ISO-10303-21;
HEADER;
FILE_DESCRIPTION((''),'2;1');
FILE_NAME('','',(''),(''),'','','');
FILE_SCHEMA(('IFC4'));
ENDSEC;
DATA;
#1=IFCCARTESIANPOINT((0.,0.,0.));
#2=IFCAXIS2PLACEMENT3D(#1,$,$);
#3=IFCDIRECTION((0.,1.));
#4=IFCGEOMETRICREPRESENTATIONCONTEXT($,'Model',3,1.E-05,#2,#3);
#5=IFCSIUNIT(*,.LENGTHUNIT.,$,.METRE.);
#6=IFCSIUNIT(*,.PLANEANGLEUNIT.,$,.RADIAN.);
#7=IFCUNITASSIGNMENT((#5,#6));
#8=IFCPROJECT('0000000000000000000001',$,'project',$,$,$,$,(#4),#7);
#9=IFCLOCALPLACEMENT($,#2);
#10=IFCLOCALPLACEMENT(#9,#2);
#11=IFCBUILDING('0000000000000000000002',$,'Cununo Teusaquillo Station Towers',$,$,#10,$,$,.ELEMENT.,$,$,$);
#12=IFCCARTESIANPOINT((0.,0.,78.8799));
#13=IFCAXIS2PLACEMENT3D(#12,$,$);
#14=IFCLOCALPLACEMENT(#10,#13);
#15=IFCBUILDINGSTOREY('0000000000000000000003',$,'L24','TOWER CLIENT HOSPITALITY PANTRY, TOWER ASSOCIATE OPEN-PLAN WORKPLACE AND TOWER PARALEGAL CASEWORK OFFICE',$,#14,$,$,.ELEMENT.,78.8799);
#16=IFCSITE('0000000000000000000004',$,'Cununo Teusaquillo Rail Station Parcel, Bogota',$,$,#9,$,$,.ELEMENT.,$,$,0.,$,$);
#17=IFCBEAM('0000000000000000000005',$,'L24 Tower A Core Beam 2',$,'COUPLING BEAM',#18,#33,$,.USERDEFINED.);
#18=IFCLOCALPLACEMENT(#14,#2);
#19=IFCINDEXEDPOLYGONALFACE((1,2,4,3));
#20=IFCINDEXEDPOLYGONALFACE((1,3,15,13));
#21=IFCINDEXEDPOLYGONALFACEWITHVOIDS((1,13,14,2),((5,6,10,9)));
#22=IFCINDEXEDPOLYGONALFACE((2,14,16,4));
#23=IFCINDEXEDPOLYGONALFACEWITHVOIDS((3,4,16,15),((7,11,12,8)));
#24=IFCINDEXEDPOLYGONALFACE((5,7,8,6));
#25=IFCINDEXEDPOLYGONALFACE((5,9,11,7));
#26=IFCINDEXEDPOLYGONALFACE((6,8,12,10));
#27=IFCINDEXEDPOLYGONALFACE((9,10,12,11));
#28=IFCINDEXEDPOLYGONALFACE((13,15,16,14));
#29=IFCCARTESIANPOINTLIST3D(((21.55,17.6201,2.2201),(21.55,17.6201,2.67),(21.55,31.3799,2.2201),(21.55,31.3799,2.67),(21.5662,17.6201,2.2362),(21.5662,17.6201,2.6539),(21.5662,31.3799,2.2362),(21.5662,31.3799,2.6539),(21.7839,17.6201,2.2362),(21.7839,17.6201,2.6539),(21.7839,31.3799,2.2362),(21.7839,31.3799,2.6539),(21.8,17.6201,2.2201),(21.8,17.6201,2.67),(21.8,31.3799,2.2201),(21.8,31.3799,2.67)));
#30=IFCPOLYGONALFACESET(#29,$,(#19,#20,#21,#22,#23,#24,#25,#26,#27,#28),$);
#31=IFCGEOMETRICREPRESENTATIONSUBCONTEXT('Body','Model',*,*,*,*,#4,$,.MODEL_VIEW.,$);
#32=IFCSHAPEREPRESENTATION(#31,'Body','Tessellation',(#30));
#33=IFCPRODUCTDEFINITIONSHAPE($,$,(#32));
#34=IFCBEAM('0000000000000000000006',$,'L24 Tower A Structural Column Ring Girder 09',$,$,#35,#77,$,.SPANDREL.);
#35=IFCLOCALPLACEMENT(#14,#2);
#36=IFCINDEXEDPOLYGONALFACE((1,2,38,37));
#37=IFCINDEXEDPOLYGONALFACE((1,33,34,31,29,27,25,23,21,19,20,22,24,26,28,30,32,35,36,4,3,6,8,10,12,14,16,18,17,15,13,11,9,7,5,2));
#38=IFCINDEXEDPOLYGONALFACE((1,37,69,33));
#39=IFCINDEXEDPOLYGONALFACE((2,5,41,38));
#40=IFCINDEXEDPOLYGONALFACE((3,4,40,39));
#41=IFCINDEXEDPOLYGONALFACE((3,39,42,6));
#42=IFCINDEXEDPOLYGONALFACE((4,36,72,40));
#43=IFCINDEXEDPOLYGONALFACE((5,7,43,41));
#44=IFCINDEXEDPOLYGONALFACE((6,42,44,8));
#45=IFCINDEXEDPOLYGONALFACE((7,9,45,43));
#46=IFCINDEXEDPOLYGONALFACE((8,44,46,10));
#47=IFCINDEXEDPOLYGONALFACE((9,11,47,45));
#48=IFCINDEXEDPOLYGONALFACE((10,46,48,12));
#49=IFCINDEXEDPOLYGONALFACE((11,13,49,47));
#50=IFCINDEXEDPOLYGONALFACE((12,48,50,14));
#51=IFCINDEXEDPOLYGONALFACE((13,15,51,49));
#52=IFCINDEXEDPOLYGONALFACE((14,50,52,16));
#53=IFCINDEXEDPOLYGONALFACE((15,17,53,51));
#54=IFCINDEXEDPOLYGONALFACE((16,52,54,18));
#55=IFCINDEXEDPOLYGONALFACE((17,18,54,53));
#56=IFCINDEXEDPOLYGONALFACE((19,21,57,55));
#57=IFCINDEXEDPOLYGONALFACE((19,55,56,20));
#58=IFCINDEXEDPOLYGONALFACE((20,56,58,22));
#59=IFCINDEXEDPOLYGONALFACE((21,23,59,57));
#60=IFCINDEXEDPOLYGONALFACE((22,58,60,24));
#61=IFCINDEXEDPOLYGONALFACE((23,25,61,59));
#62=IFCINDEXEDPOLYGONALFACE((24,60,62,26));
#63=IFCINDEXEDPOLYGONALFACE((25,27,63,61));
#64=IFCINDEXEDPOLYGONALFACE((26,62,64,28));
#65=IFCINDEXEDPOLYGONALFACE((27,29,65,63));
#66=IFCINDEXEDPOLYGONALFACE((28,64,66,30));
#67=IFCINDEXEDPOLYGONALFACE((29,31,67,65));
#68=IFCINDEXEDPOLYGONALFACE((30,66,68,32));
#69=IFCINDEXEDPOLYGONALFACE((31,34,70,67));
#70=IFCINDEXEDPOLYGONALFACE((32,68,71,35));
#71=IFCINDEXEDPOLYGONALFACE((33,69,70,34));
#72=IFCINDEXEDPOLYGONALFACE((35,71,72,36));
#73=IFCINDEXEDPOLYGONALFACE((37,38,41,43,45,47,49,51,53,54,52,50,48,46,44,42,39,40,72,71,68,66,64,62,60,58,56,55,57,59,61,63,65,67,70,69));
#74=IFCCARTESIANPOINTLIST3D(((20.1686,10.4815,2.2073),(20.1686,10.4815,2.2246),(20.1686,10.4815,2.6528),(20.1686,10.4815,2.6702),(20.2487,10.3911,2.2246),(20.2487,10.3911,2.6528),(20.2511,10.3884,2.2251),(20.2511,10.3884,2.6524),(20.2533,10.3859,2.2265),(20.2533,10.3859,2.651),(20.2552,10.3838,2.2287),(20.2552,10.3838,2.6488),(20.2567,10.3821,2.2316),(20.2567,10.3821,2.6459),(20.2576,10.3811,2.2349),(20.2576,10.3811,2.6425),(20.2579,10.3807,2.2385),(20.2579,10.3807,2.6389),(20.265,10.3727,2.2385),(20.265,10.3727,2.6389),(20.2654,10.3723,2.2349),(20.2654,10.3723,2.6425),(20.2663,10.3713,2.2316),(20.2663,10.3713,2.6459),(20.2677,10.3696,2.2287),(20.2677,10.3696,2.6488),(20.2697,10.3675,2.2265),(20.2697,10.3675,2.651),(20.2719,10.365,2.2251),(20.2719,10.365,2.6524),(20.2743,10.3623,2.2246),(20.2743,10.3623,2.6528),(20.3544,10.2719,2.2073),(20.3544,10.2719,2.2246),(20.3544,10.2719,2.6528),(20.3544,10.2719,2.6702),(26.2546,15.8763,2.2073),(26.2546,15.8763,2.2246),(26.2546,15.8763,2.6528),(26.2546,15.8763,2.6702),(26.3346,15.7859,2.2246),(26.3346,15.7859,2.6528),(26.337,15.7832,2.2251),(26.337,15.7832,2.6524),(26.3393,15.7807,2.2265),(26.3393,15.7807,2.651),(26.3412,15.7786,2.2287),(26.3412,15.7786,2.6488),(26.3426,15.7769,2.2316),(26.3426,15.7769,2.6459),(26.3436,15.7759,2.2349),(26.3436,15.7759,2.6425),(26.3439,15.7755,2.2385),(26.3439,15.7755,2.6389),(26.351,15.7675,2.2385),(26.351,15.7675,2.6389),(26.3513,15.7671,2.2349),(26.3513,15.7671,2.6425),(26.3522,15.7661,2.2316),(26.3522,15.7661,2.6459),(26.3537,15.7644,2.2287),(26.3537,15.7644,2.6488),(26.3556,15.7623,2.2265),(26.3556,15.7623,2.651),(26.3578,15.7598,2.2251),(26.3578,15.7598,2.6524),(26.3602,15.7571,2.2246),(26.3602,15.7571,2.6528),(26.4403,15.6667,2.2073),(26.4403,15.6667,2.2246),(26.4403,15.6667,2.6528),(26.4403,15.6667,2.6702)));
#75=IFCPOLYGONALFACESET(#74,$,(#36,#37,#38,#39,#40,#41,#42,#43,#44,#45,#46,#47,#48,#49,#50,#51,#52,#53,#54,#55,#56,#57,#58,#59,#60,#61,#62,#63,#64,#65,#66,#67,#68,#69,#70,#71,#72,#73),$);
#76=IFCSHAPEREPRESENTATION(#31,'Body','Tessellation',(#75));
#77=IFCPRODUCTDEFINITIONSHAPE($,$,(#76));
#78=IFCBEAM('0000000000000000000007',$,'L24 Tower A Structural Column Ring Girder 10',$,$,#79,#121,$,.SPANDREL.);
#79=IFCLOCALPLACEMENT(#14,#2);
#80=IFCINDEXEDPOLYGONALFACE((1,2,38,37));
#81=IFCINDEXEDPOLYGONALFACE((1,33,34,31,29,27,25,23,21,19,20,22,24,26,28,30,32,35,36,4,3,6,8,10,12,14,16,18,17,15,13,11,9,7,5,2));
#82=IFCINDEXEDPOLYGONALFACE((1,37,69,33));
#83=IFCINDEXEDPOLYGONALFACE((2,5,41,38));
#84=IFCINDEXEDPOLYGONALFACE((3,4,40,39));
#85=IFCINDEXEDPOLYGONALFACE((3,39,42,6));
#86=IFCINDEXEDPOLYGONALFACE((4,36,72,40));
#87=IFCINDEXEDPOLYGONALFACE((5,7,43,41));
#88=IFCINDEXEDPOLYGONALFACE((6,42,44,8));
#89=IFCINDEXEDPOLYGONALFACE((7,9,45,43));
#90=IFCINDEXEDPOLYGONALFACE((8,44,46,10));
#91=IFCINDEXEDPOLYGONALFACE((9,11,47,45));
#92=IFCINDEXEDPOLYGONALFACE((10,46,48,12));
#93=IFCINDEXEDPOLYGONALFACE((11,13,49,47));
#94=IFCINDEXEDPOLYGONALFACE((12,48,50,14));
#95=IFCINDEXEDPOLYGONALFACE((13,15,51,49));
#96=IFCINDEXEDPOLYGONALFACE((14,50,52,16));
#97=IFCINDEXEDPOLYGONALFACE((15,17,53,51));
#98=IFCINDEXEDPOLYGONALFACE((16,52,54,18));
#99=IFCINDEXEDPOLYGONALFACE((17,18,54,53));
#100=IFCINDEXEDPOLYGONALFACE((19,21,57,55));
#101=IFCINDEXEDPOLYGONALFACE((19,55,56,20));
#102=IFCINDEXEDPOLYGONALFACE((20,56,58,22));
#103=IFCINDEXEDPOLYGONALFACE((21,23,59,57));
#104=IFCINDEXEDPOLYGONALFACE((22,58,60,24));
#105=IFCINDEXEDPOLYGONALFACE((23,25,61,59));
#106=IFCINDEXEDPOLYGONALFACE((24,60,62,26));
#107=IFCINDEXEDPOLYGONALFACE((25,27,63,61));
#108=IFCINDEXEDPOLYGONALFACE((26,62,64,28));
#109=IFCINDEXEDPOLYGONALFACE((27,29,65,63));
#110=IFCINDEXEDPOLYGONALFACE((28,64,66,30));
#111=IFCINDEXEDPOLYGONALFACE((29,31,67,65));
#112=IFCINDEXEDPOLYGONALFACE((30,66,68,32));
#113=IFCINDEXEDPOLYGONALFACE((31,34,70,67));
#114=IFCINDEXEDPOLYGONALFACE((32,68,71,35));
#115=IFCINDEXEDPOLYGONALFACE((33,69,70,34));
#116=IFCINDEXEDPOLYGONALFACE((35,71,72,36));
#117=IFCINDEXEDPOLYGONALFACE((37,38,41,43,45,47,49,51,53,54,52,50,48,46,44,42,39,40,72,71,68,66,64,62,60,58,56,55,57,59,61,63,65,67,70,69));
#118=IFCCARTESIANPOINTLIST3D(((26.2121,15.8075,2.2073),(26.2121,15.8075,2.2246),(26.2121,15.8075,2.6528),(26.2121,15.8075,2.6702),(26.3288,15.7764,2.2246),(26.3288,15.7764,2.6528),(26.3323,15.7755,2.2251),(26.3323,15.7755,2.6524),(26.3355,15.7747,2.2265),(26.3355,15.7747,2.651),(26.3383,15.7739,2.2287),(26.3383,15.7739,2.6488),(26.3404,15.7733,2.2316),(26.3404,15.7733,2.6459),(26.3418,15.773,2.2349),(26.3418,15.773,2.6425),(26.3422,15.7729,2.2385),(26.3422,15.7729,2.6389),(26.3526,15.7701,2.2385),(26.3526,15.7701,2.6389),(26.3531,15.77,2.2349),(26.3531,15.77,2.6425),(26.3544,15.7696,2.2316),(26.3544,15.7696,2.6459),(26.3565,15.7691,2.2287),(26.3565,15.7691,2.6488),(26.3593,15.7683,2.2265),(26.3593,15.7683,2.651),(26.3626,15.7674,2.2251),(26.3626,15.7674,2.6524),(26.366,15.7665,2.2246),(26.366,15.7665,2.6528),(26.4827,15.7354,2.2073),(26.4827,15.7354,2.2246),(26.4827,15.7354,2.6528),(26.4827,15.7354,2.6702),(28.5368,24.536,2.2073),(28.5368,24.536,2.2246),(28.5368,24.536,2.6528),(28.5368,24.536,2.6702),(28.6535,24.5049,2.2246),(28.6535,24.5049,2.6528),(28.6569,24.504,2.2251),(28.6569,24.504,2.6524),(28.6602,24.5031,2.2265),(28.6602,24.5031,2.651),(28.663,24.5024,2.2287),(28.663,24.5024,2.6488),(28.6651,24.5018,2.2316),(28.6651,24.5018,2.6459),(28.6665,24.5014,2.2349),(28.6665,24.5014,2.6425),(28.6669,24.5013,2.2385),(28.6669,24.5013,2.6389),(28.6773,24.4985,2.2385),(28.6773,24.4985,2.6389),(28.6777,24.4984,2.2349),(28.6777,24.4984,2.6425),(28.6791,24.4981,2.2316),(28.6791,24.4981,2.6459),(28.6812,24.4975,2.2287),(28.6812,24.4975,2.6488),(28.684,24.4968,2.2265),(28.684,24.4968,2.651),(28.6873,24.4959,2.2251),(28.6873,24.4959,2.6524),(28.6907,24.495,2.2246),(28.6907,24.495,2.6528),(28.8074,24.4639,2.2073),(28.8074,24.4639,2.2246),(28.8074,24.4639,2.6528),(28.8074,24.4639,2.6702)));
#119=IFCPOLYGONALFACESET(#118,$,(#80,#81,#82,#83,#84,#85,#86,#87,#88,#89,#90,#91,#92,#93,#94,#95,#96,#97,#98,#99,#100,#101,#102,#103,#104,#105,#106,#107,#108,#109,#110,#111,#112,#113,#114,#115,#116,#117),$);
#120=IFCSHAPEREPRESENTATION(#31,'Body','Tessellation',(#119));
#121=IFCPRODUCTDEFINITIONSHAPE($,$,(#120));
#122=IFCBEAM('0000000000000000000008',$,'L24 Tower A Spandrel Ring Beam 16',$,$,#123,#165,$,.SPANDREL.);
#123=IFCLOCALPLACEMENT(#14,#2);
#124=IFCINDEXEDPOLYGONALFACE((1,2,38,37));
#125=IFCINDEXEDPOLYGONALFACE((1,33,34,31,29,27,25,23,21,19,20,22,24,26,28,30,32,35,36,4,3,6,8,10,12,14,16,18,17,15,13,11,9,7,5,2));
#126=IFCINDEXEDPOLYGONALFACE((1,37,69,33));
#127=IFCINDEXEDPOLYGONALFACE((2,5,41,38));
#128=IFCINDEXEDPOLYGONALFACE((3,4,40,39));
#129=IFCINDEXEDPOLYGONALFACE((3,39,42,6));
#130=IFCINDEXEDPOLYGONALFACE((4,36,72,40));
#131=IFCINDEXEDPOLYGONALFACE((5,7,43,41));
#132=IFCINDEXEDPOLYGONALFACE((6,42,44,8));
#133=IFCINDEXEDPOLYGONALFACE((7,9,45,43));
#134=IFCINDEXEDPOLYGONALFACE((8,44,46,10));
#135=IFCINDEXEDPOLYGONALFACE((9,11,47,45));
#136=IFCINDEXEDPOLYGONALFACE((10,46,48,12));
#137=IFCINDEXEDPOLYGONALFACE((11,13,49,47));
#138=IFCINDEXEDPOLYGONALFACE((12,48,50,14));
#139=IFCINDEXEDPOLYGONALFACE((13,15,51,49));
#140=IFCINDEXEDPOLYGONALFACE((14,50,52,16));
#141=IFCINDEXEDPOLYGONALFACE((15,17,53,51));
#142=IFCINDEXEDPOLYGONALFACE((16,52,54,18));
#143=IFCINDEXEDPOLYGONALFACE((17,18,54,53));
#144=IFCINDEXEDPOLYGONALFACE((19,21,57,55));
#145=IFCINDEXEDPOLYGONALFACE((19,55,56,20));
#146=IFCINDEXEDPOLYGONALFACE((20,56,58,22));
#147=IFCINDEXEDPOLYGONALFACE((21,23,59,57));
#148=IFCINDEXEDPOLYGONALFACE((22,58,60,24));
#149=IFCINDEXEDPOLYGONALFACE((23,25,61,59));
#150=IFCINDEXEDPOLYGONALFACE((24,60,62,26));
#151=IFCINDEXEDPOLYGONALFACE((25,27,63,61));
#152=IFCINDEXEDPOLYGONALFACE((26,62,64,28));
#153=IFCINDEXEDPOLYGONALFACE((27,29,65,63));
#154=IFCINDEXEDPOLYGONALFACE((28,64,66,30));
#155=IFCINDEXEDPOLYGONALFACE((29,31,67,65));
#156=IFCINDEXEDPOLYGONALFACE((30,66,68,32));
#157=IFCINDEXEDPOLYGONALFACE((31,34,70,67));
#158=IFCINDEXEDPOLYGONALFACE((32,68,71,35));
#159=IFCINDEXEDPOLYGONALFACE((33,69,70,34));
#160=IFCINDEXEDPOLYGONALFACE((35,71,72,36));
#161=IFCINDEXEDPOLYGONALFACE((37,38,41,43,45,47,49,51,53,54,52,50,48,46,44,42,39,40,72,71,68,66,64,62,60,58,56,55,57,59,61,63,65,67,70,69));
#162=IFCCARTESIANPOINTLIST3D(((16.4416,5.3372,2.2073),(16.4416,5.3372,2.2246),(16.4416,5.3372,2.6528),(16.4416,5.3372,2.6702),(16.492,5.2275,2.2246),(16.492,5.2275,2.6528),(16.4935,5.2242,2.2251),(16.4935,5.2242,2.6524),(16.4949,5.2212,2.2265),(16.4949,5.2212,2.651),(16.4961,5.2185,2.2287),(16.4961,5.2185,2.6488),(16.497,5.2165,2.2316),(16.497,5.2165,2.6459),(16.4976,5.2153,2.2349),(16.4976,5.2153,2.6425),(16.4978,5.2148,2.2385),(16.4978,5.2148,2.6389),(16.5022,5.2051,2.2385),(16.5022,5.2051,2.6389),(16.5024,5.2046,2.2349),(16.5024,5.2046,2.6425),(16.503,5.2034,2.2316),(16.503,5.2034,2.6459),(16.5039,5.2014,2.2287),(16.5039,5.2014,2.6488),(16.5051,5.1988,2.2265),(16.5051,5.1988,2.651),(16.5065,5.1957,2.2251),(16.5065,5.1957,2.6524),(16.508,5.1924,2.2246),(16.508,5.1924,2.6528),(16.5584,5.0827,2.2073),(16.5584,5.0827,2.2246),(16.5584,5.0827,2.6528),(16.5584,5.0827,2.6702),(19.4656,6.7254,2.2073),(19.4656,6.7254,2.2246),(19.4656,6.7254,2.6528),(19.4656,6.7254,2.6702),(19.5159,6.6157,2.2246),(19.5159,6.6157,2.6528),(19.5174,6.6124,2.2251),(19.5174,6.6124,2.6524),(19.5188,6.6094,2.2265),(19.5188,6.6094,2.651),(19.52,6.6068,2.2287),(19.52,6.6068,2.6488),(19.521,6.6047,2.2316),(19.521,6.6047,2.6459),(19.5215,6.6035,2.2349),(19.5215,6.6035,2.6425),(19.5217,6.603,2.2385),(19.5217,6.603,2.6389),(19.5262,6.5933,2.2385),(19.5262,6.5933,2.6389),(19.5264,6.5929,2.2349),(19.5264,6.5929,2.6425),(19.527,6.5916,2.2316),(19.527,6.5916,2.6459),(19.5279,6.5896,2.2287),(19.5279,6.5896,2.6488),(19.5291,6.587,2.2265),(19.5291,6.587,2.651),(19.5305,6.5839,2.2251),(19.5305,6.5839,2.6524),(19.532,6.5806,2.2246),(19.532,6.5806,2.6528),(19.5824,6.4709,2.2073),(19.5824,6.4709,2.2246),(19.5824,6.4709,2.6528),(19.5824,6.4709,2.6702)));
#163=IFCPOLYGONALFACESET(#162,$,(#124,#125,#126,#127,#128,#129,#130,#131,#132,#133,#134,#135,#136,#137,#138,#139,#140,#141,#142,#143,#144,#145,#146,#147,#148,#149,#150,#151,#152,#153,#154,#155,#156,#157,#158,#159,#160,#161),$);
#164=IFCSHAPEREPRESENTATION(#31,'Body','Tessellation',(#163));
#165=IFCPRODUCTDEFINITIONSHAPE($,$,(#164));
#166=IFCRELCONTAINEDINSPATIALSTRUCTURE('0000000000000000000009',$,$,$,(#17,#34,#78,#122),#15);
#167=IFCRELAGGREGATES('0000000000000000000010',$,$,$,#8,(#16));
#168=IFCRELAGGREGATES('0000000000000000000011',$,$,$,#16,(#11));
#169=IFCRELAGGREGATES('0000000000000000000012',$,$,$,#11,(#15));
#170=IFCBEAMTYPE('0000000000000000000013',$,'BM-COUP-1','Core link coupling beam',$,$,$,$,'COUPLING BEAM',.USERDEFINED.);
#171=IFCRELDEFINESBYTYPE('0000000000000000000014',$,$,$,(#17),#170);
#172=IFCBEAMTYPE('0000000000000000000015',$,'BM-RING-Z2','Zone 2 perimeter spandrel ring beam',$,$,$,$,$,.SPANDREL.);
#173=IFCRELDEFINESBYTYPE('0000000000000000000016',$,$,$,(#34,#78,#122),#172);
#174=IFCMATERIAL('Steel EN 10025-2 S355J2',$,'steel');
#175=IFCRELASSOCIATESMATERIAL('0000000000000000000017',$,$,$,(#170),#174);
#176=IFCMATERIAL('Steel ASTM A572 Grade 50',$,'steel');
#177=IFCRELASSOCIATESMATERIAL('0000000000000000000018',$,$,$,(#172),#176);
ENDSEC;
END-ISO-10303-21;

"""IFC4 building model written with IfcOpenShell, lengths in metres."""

from ifc_helpers import new_model, si_unit, direction, frame, origin, origin_2d, place, context, subcontext, project, spatial, hollow_rectangle, i_section, extrude, material, material_profile, profile_set, type_object, element, save


model = new_model("IFC4")

# Units and contexts
model_context = context("Model", 3, precision=1e-05, world=origin(), true_north=direction((0.0, 1.0)))
body_context = subcontext(model_context, "Body", "Model", "MODEL_VIEW")
ifc_project = project(units=[si_unit("LENGTHUNIT", "METRE"), si_unit("PLANEANGLEUNIT", "RADIAN")], contexts=[model_context])

# Site, building, storey
site_placement = place(None, origin())
site = spatial("IfcSite", under=ifc_project, at=site_placement, Name="Cununo Teusaquillo Rail Station Parcel, Bogota", CompositionType="ELEMENT", RefElevation=0.0)
building_placement = place(site_placement, origin())
building = spatial("IfcBuilding", under=site, at=building_placement, Name="Cununo Teusaquillo Station Towers", CompositionType="ELEMENT")
storey_placement = place(building_placement, frame((0.0, 0.0, 78.8799)))
storey = spatial("IfcBuildingStorey", under=building, at=storey_placement, Name="L24", Description="TOWER CLIENT HOSPITALITY PANTRY, TOWER ASSOCIATE OPEN-PLAN WORKPLACE AND TOWER PARALEGAL CASEWORK OFFICE", CompositionType="ELEMENT", Elevation=78.8799)

# Beams
ifc_material_1 = material(Name="Steel EN 10025-2 S355J2", Category="steel")
ifc_material_profile_1 = material_profile(ifc_material_1, hollow_rectangle(XDim=0.25, YDim=0.45, WallThickness=0.0161, at=origin_2d()), Name="RHS 450x250x16")
ifc_profile_set_1 = profile_set([ifc_material_profile_1], Name="Steel EN 10025-2 S355J2")
beam_type_1 = type_object("IfcBeamType", Name="BM-COUP-1", Description="Core link coupling beam", ElementType="COUPLING BEAM", PredefinedType="USERDEFINED", material=ifc_profile_set_1)
beam_1_placement = place(storey_placement, frame((21.675, 17.6201, 2.4451), z_axis=(0.0, 1.0, 0.0), x_axis=(-1.0, 0.0, 0.0)))
element("IfcBeam", 1, at=beam_1_placement, inside=storey, type_object=beam_type_1, Name="L24 Tower A Core Beam 2", ObjectType="COUPLING BEAM", PredefinedType="USERDEFINED", context=body_context, shape_type="SweptSolid", body=[
    extrude(hollow_rectangle(XDim=0.25, YDim=0.45, WallThickness=0.0161, at=origin_2d()), origin(), (0.0, 0.0, 1.0), 13.7598),
])
ifc_material_2 = material(Name="Steel ASTM A572 Grade 50", Category="steel")
ifc_material_profile_2 = material_profile(ifc_material_2, i_section(OverallWidth=0.28, OverallDepth=0.4629, WebThickness=0.0107, FlangeThickness=0.0173, FilletRadius=0.0139, at=origin_2d()), Name="W18X76")
ifc_profile_set_2 = profile_set([ifc_material_profile_2], Name="Steel ASTM A572 Grade 50")
beam_type_2 = type_object("IfcBeamType", Name="BM-RING-Z2", Description="Zone 2 perimeter spandrel ring beam", PredefinedType="SPANDREL", material=ifc_profile_set_2)
beam_2_placement = place(storey_placement, frame((20.2615, 10.3767, 2.4387), z_axis=(0.748321, 0.663337, 0.0), x_axis=(-0.663337, 0.748321, 0.0)))
element("IfcBeam", 2, at=beam_2_placement, inside=storey, type_object=beam_type_2, Name="L24 Tower A Structural Column Ring Girder 09", PredefinedType="SPANDREL", context=body_context, shape_type="SweptSolid", body=[
    extrude(i_section(OverallWidth=0.28, OverallDepth=0.4629, WebThickness=0.0107, FlangeThickness=0.0173, FilletRadius=0.0139, at=origin_2d()), origin(), (0.0, 0.0, 1.0), 8.1328),
])
beam_3_placement = place(storey_placement, frame((26.3474, 15.7715, 2.4387), z_axis=(0.257363, 0.966315, 0.0), x_axis=(-0.966315, 0.257363, 0.0)))
element("IfcBeam", 3, at=beam_3_placement, inside=storey, type_object=beam_type_2, Name="L24 Tower A Structural Column Ring Girder 10", PredefinedType="SPANDREL", context=body_context, shape_type="SweptSolid", body=[
    extrude(i_section(OverallWidth=0.28, OverallDepth=0.4629, WebThickness=0.0107, FlangeThickness=0.0173, FilletRadius=0.0139, at=origin_2d()), origin(), (0.0, 0.0, 1.0), 9.0327),
])
beam_4_placement = place(storey_placement, frame((16.5, 5.21, 2.4387), z_axis=(0.908812, 0.417205, 0.0), x_axis=(-0.417205, 0.908812, 0.0)))
element("IfcBeam", 4, at=beam_4_placement, inside=storey, type_object=beam_type_2, Name="L24 Tower A Spandrel Ring Beam 16", PredefinedType="SPANDREL", context=body_context, shape_type="SweptSolid", body=[
    extrude(i_section(OverallWidth=0.28, OverallDepth=0.4629, WebThickness=0.0107, FlangeThickness=0.0173, FilletRadius=0.0139, at=origin_2d()), origin(), (0.0, 0.0, 1.0), 3.3274),
])

save(model, "model.ifc")
